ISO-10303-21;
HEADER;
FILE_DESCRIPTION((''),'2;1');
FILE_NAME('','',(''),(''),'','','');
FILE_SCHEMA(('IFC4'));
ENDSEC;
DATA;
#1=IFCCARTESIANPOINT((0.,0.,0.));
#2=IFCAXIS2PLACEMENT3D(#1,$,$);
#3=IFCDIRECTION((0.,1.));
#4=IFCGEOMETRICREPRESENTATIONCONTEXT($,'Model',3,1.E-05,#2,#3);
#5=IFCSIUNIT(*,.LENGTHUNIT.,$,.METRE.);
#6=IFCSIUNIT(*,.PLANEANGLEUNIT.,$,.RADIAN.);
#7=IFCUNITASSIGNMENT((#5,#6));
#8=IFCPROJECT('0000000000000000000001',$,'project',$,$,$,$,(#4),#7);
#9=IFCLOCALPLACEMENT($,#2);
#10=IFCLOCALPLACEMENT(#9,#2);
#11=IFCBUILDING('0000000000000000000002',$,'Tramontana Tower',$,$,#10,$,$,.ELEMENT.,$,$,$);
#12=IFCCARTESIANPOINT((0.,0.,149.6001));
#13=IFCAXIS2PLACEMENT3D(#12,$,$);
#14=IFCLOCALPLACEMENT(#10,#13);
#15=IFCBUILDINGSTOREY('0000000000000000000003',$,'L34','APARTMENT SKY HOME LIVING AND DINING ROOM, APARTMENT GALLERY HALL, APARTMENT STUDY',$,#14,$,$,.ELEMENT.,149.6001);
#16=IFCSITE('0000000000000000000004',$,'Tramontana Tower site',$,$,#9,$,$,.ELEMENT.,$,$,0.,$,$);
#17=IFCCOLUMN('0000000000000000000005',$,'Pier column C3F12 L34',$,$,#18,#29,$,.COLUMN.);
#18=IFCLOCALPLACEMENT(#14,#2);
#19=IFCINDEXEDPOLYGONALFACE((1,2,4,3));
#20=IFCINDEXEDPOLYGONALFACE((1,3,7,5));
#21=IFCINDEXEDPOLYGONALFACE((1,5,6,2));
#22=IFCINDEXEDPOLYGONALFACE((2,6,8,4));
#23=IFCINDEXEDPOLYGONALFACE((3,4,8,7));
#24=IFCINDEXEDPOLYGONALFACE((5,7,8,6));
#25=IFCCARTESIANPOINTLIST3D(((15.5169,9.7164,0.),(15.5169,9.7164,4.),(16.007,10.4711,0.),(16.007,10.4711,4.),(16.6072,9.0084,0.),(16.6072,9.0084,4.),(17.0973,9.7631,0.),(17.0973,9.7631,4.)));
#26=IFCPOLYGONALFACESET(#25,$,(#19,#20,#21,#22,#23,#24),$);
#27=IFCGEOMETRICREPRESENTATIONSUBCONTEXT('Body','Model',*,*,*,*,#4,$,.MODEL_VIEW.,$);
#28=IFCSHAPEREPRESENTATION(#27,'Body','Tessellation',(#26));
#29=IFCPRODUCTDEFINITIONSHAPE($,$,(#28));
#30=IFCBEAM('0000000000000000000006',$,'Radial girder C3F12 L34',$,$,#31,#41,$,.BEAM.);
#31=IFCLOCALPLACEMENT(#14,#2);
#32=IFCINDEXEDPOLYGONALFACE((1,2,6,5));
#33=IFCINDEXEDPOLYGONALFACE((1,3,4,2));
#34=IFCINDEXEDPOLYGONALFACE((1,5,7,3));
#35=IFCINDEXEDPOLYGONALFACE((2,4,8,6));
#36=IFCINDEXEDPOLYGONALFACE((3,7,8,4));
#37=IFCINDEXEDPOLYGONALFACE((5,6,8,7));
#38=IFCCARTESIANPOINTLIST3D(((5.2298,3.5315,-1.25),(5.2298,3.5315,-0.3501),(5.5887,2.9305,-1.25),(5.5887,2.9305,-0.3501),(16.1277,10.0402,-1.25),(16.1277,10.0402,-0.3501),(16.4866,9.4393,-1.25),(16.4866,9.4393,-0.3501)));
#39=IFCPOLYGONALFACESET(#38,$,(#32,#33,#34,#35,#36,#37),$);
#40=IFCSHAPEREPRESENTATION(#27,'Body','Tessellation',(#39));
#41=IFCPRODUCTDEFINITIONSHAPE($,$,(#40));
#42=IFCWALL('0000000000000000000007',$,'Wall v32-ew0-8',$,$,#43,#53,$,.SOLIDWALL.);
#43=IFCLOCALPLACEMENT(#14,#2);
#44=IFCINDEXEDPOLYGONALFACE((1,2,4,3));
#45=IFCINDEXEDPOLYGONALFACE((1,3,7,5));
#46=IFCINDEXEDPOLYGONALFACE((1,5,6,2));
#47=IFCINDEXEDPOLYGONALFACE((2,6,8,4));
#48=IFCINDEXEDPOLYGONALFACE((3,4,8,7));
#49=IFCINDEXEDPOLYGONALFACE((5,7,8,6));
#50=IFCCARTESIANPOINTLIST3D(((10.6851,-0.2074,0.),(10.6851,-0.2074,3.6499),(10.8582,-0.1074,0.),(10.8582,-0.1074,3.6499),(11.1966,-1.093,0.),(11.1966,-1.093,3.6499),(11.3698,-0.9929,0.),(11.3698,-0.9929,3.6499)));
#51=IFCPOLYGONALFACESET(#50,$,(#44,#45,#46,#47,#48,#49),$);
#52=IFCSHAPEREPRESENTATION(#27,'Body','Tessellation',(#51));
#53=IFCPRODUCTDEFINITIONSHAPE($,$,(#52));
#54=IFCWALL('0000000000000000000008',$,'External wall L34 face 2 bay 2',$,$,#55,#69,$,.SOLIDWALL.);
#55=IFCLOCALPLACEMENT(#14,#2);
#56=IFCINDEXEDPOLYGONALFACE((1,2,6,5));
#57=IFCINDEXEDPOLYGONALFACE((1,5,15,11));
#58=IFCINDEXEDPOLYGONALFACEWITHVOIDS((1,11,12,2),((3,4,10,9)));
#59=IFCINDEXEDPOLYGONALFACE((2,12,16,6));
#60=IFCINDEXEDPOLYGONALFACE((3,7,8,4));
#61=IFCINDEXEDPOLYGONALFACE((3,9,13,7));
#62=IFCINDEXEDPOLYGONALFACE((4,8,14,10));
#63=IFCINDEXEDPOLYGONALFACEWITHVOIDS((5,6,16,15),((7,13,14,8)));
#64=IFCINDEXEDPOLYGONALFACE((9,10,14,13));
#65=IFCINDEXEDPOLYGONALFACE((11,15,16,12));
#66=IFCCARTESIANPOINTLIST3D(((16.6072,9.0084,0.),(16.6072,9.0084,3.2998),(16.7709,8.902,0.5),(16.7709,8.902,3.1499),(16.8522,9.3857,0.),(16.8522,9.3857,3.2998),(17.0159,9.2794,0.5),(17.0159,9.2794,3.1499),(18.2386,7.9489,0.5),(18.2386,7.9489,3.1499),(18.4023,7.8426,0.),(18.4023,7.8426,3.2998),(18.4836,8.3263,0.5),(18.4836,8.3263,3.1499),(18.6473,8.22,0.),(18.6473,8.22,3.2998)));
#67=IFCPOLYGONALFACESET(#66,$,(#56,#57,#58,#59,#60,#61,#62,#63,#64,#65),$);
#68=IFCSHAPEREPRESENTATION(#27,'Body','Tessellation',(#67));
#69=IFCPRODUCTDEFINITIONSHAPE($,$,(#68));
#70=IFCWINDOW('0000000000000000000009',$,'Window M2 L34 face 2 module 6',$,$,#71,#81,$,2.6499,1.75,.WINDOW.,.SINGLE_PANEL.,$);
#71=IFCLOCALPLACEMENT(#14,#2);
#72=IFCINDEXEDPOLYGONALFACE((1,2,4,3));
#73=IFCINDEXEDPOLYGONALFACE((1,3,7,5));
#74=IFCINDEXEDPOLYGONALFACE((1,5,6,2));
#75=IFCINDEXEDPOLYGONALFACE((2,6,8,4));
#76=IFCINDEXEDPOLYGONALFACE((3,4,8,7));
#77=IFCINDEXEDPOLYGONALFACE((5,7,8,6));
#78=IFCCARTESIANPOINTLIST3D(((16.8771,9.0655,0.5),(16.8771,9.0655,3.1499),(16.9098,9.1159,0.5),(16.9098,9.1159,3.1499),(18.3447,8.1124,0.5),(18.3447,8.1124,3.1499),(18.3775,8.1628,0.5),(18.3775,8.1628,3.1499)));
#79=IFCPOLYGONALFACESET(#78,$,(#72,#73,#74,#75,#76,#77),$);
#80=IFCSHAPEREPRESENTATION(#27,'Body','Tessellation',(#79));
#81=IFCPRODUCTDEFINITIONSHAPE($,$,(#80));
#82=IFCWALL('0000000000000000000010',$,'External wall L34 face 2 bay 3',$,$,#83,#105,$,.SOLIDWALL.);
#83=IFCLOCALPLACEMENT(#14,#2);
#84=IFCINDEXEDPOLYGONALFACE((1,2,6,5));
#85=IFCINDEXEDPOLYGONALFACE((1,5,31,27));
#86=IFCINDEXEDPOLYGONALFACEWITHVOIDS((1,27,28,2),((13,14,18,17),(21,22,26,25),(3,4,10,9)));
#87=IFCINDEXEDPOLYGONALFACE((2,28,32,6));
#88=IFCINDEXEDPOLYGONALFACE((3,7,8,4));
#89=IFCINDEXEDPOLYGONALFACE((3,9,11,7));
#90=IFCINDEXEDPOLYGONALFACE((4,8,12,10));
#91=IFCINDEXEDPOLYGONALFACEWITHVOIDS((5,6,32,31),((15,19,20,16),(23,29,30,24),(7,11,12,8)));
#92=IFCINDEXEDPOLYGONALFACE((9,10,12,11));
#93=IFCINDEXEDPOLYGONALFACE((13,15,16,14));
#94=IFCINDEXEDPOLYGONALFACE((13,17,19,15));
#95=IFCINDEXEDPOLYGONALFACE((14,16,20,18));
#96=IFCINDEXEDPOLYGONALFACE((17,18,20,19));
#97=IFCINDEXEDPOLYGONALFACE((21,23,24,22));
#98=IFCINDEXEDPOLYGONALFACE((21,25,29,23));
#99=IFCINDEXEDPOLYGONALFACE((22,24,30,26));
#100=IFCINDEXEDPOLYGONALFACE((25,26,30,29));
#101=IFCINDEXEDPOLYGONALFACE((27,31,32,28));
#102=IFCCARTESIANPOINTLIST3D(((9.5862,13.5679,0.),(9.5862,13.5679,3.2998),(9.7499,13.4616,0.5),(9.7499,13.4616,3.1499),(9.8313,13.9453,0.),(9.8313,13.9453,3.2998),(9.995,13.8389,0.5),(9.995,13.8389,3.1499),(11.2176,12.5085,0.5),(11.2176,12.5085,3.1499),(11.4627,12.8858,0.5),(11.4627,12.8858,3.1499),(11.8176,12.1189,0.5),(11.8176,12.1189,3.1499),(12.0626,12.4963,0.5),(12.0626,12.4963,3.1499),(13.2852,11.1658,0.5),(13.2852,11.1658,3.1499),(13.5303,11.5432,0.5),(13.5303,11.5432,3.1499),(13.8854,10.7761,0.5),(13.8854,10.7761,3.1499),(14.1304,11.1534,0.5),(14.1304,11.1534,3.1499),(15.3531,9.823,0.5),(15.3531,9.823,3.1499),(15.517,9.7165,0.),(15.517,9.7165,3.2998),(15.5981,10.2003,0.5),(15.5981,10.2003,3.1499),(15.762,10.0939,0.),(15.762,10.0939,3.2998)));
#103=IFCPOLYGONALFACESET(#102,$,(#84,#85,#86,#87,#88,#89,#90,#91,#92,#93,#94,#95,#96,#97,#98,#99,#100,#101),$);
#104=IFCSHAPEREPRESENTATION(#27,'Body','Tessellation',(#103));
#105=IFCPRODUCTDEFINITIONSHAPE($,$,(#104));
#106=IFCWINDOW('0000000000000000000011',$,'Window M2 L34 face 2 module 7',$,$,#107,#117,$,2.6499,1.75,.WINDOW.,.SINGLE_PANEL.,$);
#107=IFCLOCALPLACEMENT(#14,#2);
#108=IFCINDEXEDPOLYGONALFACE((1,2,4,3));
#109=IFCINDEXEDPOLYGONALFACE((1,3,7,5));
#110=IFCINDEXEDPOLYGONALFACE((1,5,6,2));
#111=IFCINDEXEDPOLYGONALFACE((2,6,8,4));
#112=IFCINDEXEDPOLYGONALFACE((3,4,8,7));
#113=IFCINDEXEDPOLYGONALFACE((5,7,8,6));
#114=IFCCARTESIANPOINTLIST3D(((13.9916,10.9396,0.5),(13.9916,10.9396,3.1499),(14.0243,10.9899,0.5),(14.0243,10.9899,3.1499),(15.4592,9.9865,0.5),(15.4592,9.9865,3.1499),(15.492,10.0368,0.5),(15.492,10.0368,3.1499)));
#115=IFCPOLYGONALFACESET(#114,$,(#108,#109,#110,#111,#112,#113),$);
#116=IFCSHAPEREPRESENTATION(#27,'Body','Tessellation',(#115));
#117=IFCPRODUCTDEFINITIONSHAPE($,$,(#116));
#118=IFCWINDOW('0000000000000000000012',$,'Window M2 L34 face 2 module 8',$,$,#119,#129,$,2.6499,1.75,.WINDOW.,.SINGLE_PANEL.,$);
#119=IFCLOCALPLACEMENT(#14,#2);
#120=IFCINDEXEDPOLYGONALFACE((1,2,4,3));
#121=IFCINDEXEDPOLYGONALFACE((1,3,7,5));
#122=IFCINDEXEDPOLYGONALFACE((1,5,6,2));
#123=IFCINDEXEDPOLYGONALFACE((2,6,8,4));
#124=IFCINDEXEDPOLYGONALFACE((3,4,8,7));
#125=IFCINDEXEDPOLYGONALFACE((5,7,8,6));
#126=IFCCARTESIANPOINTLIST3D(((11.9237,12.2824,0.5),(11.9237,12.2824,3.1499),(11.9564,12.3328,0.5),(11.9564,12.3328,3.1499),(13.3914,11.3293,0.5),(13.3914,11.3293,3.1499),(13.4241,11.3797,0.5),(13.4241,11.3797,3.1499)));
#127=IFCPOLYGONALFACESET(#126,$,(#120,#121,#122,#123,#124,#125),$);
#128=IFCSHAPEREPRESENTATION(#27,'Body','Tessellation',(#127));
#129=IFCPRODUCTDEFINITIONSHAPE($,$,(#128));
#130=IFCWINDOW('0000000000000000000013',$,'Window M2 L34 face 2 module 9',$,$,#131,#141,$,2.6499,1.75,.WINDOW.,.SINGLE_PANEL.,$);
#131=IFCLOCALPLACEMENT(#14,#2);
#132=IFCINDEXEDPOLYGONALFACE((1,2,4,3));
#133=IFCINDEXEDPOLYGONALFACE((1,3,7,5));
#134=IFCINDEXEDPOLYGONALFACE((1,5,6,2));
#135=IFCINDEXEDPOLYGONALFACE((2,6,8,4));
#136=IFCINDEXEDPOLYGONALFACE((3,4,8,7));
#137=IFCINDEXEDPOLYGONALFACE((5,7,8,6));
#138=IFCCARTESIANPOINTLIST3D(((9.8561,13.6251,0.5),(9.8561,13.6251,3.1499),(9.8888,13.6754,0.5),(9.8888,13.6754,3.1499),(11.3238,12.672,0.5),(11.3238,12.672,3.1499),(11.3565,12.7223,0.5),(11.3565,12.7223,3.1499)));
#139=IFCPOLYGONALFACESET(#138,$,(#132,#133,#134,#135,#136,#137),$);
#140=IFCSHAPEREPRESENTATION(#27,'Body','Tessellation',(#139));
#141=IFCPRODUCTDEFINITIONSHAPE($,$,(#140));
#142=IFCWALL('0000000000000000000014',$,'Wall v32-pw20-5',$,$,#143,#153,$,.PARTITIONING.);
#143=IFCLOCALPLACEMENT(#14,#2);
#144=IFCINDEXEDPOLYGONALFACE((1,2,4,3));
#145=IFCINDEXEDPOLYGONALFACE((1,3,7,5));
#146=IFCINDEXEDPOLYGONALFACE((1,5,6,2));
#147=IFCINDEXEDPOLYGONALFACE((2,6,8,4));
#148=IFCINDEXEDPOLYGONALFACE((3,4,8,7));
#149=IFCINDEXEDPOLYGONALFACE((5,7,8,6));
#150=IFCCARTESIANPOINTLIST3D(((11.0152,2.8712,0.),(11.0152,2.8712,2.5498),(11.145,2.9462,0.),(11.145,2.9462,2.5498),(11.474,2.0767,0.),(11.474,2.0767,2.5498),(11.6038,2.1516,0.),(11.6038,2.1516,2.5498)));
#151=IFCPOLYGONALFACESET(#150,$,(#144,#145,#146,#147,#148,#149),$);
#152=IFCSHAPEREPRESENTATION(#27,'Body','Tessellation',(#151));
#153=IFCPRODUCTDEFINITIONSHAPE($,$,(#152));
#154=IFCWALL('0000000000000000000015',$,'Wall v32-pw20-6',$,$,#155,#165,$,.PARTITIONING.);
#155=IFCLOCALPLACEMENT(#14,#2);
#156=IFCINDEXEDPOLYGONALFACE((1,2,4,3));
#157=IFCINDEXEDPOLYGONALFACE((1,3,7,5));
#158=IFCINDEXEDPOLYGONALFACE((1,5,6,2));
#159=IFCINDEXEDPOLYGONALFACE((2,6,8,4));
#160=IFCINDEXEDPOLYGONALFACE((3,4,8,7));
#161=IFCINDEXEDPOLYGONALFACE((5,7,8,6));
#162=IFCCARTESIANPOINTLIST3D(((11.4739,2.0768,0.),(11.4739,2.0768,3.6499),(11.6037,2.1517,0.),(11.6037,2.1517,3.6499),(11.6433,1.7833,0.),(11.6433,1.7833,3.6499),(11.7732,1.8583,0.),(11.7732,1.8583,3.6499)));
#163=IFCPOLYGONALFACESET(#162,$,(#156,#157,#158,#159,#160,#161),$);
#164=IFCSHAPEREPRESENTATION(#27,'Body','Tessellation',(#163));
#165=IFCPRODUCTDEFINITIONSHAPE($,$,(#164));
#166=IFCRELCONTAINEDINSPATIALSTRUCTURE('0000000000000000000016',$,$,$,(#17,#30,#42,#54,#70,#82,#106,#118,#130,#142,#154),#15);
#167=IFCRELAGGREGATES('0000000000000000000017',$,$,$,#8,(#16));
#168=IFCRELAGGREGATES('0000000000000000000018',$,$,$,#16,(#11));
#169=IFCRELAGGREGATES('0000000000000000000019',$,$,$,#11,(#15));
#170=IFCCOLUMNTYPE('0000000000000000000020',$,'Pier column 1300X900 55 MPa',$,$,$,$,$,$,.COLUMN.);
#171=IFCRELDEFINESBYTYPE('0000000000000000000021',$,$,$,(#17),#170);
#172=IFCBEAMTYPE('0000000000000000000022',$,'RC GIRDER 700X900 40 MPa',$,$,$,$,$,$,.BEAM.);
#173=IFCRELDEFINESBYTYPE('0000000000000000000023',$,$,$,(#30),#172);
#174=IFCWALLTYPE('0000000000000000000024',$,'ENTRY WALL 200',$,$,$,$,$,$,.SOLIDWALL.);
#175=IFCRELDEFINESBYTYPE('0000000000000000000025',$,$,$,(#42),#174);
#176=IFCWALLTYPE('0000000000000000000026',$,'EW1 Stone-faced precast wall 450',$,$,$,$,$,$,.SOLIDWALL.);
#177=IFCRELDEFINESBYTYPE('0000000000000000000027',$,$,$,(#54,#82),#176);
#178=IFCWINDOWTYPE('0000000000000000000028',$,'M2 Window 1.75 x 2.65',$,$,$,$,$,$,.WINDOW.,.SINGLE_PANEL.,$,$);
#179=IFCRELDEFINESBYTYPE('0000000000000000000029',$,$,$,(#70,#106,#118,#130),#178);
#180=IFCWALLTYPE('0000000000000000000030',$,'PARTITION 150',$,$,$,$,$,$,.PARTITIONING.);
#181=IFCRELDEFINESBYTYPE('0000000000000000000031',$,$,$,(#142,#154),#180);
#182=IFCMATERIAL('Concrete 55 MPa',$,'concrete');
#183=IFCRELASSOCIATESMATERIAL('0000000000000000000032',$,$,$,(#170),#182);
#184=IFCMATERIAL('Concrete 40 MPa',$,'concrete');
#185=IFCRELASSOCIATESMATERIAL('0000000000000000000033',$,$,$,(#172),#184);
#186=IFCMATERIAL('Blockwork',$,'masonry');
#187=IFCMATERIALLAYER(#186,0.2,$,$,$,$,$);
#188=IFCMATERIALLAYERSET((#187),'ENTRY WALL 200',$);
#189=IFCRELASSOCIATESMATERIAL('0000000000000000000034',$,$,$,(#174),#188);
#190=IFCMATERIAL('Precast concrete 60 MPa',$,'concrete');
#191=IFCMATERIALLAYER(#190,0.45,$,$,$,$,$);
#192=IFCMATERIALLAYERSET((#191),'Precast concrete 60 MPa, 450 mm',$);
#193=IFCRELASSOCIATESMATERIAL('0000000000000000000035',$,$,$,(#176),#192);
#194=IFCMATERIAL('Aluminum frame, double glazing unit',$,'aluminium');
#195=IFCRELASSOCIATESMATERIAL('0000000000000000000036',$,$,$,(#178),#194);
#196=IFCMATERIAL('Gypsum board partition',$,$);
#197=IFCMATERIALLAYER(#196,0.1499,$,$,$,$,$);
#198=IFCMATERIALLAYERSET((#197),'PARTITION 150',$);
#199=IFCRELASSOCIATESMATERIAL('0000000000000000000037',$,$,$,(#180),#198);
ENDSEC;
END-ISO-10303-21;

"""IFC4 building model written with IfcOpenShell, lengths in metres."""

from ifc_helpers import new_model, si_unit, direction, frame, frame_2d, origin, origin_2d, place, context, subcontext, project, spatial, rectangle, extrude, material, layer, layer_set, material_profile, profile_set, type_object, element, fill, save


model = new_model("IFC4")

# Units and contexts
model_context = context("Model", 3, precision=1e-05, world=origin(), true_north=direction((0.0, 1.0)))
body_context = subcontext(model_context, "Body", "Model", "MODEL_VIEW")
ifc_project = project(units=[si_unit("LENGTHUNIT", "METRE"), si_unit("PLANEANGLEUNIT", "RADIAN")], contexts=[model_context])

# Site, building, storey
site_placement = place(None, origin())
site = spatial("IfcSite", under=ifc_project, at=site_placement, Name="Tramontana Tower site", CompositionType="ELEMENT", RefElevation=0.0)
building_placement = place(site_placement, origin())
building = spatial("IfcBuilding", under=site, at=building_placement, Name="Tramontana Tower", CompositionType="ELEMENT")
storey_placement = place(building_placement, frame((0.0, 0.0, 149.6001)))
storey = spatial("IfcBuildingStorey", under=building, at=storey_placement, Name="L34", Description="APARTMENT SKY HOME LIVING AND DINING ROOM, APARTMENT GALLERY HALL, APARTMENT STUDY", CompositionType="ELEMENT", Elevation=149.6001)

# Column
ifc_material_1 = material(Name="Concrete 55 MPa", Category="concrete")
ifc_material_profile_1 = material_profile(ifc_material_1, rectangle(XDim=1.3, YDim=0.8999, at=origin_2d()), Name="Pier column 1300X900 55 MPa")
ifc_profile_set_1 = profile_set([ifc_material_profile_1], Name="Concrete 55 MPa")
column_type = type_object("IfcColumnType", Name="Pier column 1300X900 55 MPa", PredefinedType="COLUMN", material=ifc_profile_set_1)
column_placement = place(storey_placement, frame((16.3071, 9.7397, 0.0), z_axis=(0.0, 0.0, 1.0), x_axis=(-0.838671, 0.544639, 0.0)))
element("IfcColumn", 1, at=column_placement, inside=storey, type_object=column_type, Name="Pier column C3F12 L34", PredefinedType="COLUMN", context=body_context, shape_type="SweptSolid", body=[
    extrude(rectangle(XDim=1.3, YDim=0.8999, at=origin_2d()), origin(), (0.0, 0.0, 1.0), 4.0),
])

# Beam
ifc_material_2 = material(Name="Concrete 40 MPa", Category="concrete")
ifc_material_profile_2 = material_profile(ifc_material_2, rectangle(XDim=0.7, YDim=0.8999, at=origin_2d()), Name="RC GIRDER 700X900 40 MPa")
ifc_profile_set_2 = profile_set([ifc_material_profile_2], Name="Concrete 40 MPa")
beam_type = type_object("IfcBeamType", Name="RC GIRDER 700X900 40 MPa", PredefinedType="BEAM", material=ifc_profile_set_2)
beam_placement = place(storey_placement, frame((16.3071, 9.7397, -0.8), z_axis=(-0.858533, -0.512758, 0.0), x_axis=(0.512758, -0.858533, 0.0)))
element("IfcBeam", 2, at=beam_placement, inside=storey, type_object=beam_type, Name="Radial girder C3F12 L34", PredefinedType="BEAM", context=body_context, shape_type="SweptSolid", body=[
    extrude(rectangle(XDim=0.7, YDim=0.8999, at=origin_2d()), origin(), (0.0, 0.0, 1.0), 12.6936),
])

# Wall
ifc_material_3 = material(Name="Blockwork", Category="masonry")
ifc_layer_1 = layer(ifc_material_3, 0.2)
ifc_layer_set_1 = layer_set([ifc_layer_1], Name="ENTRY WALL 200")
wall_type_1 = type_object("IfcWallType", Name="ENTRY WALL 200", PredefinedType="SOLIDWALL", material=ifc_layer_set_1)
wall_1_placement = place(storey_placement, frame((10.7717, -0.1575, 0.0), z_axis=(0.0, 0.0, 1.0), x_axis=(0.50017, -0.865927, 0.0)))
element("IfcWall", 3, at=wall_1_placement, inside=storey, type_object=wall_type_1, Name="Wall v32-ew0-8", PredefinedType="SOLIDWALL", context=body_context, shape_type="SweptSolid", body=[
    extrude(rectangle(XDim=1.0227, YDim=0.2, at=frame_2d((0.5112, 0.0))), origin(), (0.0, 0.0, 1.0), 3.6499),
])

# Wall, opening, window
ifc_material_4 = material(Name="Precast concrete 60 MPa", Category="concrete")
ifc_layer_2 = layer(ifc_material_4, 0.45)
ifc_layer_set_2 = layer_set([ifc_layer_2], Name="Precast concrete 60 MPa, 450 mm")
wall_type_2 = type_object("IfcWallType", Name="EW1 Stone-faced precast wall 450", PredefinedType="SOLIDWALL", material=ifc_layer_set_2)
wall_2_placement = place(storey_placement, frame((18.5249, 8.0312, 0.0), z_axis=(0.0, 0.0, 1.0), x_axis=(-0.838675, 0.544631, 0.0)))
wall_2 = element("IfcWall", 4, at=wall_2_placement, inside=storey, type_object=wall_type_2, Name="External wall L34 face 2 bay 2", PredefinedType="SOLIDWALL", context=body_context, shape_type="SweptSolid", body=[
    extrude(rectangle(XDim=2.1404, YDim=0.45, at=frame_2d((1.0703, 0.0))), origin(), (0.0, 0.0, 1.0), 3.2998),
])
opening_1_placement = place(wall_2_placement, frame((0.1953, 0.0, 0.5)))
opening_1 = element("IfcOpeningElement", 5, at=opening_1_placement, cuts=wall_2, PredefinedType="OPENING", context=body_context, shape_type="SweptSolid", body=[
    extrude(rectangle(XDim=1.75, YDim=2.6499, at=frame_2d((0.875, 1.325))), frame((0.0, 0.2349, 0.0), z_axis=(0.0, -1.0, 0.0), x_axis=(1.0, 0.0, 0.0)), (0.0, 0.0, 1.0), 0.47),
])
ifc_material_5 = material(Name="Aluminum frame, double glazing unit", Category="aluminium")
window_type = type_object("IfcWindowType", Name="M2 Window 1.75 x 2.65", PartitioningType="SINGLE_PANEL", PredefinedType="WINDOW", material=ifc_material_5)
window_1_placement = place(opening_1_placement, origin())
window_1 = element("IfcWindow", 6, at=window_1_placement, inside=storey, type_object=window_type, Name="Window M2 L34 face 2 module 6", OverallHeight=2.6499, OverallWidth=1.75, PartitioningType="SINGLE_PANEL", PredefinedType="WINDOW", context=body_context, shape_type="SweptSolid", body=[
    extrude(rectangle(XDim=1.75, YDim=2.6499, at=frame_2d((0.875, 1.325))), frame((0.0, 0.03, 0.0), z_axis=(0.0, -1.0, 0.0), x_axis=(1.0, 0.0, 0.0)), (0.0, 0.0, 1.0), 0.0601),
])
fill(opening_1, window_1)

# Wall, openings, windows
wall_3_placement = place(storey_placement, frame((15.6394, 9.9053, 0.0), z_axis=(0.0, 0.0, 1.0), x_axis=(-0.838677, 0.544629, 0.0)))
wall_3 = element("IfcWall", 7, at=wall_3_placement, inside=storey, type_object=wall_type_2, Name="External wall L34 face 2 bay 3", PredefinedType="SOLIDWALL", context=body_context, shape_type="SweptSolid", body=[
    extrude(rectangle(XDim=7.0715, YDim=0.45, at=frame_2d((3.5356, 0.0))), origin(), (0.0, 0.0, 1.0), 3.2998),
])
opening_2_placement = place(wall_3_placement, frame((0.1953, 0.0, 0.5)))
opening_2 = element("IfcOpeningElement", 8, at=opening_2_placement, cuts=wall_3, PredefinedType="OPENING", context=body_context, shape_type="SweptSolid", body=[
    extrude(rectangle(XDim=1.75, YDim=2.6499, at=frame_2d((0.875, 1.325))), frame((0.0, 0.2349, 0.0), z_axis=(0.0, -1.0, 0.0), x_axis=(1.0, 0.0, 0.0)), (0.0, 0.0, 1.0), 0.47),
])
opening_3_placement = place(wall_3_placement, frame((2.6609, 0.0, 0.5)))
opening_3 = element("IfcOpeningElement", 9, at=opening_3_placement, cuts=wall_3, PredefinedType="OPENING", context=body_context, shape_type="SweptSolid", body=[
    extrude(rectangle(XDim=1.75, YDim=2.6499, at=frame_2d((0.875, 1.325))), frame((0.0, 0.2349, 0.0), z_axis=(0.0, -1.0, 0.0), x_axis=(1.0, 0.0, 0.0)), (0.0, 0.0, 1.0), 0.47),
])
opening_4_placement = place(wall_3_placement, frame((5.1262, 0.0, 0.5)))
opening_4 = element("IfcOpeningElement", 10, at=opening_4_placement, cuts=wall_3, PredefinedType="OPENING", context=body_context, shape_type="SweptSolid", body=[
    extrude(rectangle(XDim=1.75, YDim=2.6499, at=frame_2d((0.875, 1.325))), frame((0.0, 0.2349, 0.0), z_axis=(0.0, -1.0, 0.0), x_axis=(1.0, 0.0, 0.0)), (0.0, 0.0, 1.0), 0.47),
])
window_2_placement = place(opening_2_placement, origin())
window_2 = element("IfcWindow", 11, at=window_2_placement, inside=storey, type_object=window_type, Name="Window M2 L34 face 2 module 7", OverallHeight=2.6499, OverallWidth=1.75, PartitioningType="SINGLE_PANEL", PredefinedType="WINDOW", context=body_context, shape_type="SweptSolid", body=[
    extrude(rectangle(XDim=1.75, YDim=2.6499, at=frame_2d((0.875, 1.325))), frame((0.0, 0.03, 0.0), z_axis=(0.0, -1.0, 0.0), x_axis=(1.0, 0.0, 0.0)), (0.0, 0.0, 1.0), 0.0601),
])
fill(opening_2, window_2)
window_3_placement = place(opening_3_placement, origin())
window_3 = element("IfcWindow", 12, at=window_3_placement, inside=storey, type_object=window_type, Name="Window M2 L34 face 2 module 8", OverallHeight=2.6499, OverallWidth=1.75, PartitioningType="SINGLE_PANEL", PredefinedType="WINDOW", context=body_context, shape_type="SweptSolid", body=[
    extrude(rectangle(XDim=1.75, YDim=2.6499, at=frame_2d((0.875, 1.325))), frame((0.0, 0.03, 0.0), z_axis=(0.0, -1.0, 0.0), x_axis=(1.0, 0.0, 0.0)), (0.0, 0.0, 1.0), 0.0601),
])
fill(opening_3, window_3)
window_4_placement = place(opening_4_placement, origin())
window_4 = element("IfcWindow", 13, at=window_4_placement, inside=storey, type_object=window_type, Name="Window M2 L34 face 2 module 9", OverallHeight=2.6499, OverallWidth=1.75, PartitioningType="SINGLE_PANEL", PredefinedType="WINDOW", context=body_context, shape_type="SweptSolid", body=[
    extrude(rectangle(XDim=1.75, YDim=2.6499, at=frame_2d((0.875, 1.325))), frame((0.0, 0.03, 0.0), z_axis=(0.0, -1.0, 0.0), x_axis=(1.0, 0.0, 0.0)), (0.0, 0.0, 1.0), 0.0601),
])
fill(opening_4, window_4)

# Walls
ifc_material_6 = material(Name="Gypsum board partition")
ifc_layer_3 = layer(ifc_material_6, 0.1499)
ifc_layer_set_3 = layer_set([ifc_layer_3], Name="PARTITION 150")
wall_type_3 = type_object("IfcWallType", Name="PARTITION 150", PredefinedType="PARTITIONING", material=ifc_layer_set_3)
wall_4_placement = place(storey_placement, frame((11.0801, 2.9087, 0.0), z_axis=(0.0, 0.0, 1.0), x_axis=(0.50006, -0.865991, 0.0)))
element("IfcWall", 14, at=wall_4_placement, inside=storey, type_object=wall_type_3, Name="Wall v32-pw20-5", PredefinedType="PARTITIONING", context=body_context, shape_type="SweptSolid", body=[
    extrude(rectangle(XDim=0.9175, YDim=0.1499, at=frame_2d((0.4587, 0.0))), origin(), (0.0, 0.0, 1.0), 2.5498),
])
wall_5_placement = place(storey_placement, frame((11.5388, 2.1143, 0.0), z_axis=(0.0, 0.0, 1.0), x_axis=(0.500013, -0.866018, 0.0)))
element("IfcWall", 15, at=wall_5_placement, inside=storey, type_object=wall_type_3, Name="Wall v32-pw20-6", PredefinedType="PARTITIONING", context=body_context, shape_type="SweptSolid", body=[
    extrude(rectangle(XDim=0.3389, YDim=0.1499, at=frame_2d((0.1694, 0.0))), origin(), (0.0, 0.0, 1.0), 3.6499),
])

save(model, "model.ifc")
